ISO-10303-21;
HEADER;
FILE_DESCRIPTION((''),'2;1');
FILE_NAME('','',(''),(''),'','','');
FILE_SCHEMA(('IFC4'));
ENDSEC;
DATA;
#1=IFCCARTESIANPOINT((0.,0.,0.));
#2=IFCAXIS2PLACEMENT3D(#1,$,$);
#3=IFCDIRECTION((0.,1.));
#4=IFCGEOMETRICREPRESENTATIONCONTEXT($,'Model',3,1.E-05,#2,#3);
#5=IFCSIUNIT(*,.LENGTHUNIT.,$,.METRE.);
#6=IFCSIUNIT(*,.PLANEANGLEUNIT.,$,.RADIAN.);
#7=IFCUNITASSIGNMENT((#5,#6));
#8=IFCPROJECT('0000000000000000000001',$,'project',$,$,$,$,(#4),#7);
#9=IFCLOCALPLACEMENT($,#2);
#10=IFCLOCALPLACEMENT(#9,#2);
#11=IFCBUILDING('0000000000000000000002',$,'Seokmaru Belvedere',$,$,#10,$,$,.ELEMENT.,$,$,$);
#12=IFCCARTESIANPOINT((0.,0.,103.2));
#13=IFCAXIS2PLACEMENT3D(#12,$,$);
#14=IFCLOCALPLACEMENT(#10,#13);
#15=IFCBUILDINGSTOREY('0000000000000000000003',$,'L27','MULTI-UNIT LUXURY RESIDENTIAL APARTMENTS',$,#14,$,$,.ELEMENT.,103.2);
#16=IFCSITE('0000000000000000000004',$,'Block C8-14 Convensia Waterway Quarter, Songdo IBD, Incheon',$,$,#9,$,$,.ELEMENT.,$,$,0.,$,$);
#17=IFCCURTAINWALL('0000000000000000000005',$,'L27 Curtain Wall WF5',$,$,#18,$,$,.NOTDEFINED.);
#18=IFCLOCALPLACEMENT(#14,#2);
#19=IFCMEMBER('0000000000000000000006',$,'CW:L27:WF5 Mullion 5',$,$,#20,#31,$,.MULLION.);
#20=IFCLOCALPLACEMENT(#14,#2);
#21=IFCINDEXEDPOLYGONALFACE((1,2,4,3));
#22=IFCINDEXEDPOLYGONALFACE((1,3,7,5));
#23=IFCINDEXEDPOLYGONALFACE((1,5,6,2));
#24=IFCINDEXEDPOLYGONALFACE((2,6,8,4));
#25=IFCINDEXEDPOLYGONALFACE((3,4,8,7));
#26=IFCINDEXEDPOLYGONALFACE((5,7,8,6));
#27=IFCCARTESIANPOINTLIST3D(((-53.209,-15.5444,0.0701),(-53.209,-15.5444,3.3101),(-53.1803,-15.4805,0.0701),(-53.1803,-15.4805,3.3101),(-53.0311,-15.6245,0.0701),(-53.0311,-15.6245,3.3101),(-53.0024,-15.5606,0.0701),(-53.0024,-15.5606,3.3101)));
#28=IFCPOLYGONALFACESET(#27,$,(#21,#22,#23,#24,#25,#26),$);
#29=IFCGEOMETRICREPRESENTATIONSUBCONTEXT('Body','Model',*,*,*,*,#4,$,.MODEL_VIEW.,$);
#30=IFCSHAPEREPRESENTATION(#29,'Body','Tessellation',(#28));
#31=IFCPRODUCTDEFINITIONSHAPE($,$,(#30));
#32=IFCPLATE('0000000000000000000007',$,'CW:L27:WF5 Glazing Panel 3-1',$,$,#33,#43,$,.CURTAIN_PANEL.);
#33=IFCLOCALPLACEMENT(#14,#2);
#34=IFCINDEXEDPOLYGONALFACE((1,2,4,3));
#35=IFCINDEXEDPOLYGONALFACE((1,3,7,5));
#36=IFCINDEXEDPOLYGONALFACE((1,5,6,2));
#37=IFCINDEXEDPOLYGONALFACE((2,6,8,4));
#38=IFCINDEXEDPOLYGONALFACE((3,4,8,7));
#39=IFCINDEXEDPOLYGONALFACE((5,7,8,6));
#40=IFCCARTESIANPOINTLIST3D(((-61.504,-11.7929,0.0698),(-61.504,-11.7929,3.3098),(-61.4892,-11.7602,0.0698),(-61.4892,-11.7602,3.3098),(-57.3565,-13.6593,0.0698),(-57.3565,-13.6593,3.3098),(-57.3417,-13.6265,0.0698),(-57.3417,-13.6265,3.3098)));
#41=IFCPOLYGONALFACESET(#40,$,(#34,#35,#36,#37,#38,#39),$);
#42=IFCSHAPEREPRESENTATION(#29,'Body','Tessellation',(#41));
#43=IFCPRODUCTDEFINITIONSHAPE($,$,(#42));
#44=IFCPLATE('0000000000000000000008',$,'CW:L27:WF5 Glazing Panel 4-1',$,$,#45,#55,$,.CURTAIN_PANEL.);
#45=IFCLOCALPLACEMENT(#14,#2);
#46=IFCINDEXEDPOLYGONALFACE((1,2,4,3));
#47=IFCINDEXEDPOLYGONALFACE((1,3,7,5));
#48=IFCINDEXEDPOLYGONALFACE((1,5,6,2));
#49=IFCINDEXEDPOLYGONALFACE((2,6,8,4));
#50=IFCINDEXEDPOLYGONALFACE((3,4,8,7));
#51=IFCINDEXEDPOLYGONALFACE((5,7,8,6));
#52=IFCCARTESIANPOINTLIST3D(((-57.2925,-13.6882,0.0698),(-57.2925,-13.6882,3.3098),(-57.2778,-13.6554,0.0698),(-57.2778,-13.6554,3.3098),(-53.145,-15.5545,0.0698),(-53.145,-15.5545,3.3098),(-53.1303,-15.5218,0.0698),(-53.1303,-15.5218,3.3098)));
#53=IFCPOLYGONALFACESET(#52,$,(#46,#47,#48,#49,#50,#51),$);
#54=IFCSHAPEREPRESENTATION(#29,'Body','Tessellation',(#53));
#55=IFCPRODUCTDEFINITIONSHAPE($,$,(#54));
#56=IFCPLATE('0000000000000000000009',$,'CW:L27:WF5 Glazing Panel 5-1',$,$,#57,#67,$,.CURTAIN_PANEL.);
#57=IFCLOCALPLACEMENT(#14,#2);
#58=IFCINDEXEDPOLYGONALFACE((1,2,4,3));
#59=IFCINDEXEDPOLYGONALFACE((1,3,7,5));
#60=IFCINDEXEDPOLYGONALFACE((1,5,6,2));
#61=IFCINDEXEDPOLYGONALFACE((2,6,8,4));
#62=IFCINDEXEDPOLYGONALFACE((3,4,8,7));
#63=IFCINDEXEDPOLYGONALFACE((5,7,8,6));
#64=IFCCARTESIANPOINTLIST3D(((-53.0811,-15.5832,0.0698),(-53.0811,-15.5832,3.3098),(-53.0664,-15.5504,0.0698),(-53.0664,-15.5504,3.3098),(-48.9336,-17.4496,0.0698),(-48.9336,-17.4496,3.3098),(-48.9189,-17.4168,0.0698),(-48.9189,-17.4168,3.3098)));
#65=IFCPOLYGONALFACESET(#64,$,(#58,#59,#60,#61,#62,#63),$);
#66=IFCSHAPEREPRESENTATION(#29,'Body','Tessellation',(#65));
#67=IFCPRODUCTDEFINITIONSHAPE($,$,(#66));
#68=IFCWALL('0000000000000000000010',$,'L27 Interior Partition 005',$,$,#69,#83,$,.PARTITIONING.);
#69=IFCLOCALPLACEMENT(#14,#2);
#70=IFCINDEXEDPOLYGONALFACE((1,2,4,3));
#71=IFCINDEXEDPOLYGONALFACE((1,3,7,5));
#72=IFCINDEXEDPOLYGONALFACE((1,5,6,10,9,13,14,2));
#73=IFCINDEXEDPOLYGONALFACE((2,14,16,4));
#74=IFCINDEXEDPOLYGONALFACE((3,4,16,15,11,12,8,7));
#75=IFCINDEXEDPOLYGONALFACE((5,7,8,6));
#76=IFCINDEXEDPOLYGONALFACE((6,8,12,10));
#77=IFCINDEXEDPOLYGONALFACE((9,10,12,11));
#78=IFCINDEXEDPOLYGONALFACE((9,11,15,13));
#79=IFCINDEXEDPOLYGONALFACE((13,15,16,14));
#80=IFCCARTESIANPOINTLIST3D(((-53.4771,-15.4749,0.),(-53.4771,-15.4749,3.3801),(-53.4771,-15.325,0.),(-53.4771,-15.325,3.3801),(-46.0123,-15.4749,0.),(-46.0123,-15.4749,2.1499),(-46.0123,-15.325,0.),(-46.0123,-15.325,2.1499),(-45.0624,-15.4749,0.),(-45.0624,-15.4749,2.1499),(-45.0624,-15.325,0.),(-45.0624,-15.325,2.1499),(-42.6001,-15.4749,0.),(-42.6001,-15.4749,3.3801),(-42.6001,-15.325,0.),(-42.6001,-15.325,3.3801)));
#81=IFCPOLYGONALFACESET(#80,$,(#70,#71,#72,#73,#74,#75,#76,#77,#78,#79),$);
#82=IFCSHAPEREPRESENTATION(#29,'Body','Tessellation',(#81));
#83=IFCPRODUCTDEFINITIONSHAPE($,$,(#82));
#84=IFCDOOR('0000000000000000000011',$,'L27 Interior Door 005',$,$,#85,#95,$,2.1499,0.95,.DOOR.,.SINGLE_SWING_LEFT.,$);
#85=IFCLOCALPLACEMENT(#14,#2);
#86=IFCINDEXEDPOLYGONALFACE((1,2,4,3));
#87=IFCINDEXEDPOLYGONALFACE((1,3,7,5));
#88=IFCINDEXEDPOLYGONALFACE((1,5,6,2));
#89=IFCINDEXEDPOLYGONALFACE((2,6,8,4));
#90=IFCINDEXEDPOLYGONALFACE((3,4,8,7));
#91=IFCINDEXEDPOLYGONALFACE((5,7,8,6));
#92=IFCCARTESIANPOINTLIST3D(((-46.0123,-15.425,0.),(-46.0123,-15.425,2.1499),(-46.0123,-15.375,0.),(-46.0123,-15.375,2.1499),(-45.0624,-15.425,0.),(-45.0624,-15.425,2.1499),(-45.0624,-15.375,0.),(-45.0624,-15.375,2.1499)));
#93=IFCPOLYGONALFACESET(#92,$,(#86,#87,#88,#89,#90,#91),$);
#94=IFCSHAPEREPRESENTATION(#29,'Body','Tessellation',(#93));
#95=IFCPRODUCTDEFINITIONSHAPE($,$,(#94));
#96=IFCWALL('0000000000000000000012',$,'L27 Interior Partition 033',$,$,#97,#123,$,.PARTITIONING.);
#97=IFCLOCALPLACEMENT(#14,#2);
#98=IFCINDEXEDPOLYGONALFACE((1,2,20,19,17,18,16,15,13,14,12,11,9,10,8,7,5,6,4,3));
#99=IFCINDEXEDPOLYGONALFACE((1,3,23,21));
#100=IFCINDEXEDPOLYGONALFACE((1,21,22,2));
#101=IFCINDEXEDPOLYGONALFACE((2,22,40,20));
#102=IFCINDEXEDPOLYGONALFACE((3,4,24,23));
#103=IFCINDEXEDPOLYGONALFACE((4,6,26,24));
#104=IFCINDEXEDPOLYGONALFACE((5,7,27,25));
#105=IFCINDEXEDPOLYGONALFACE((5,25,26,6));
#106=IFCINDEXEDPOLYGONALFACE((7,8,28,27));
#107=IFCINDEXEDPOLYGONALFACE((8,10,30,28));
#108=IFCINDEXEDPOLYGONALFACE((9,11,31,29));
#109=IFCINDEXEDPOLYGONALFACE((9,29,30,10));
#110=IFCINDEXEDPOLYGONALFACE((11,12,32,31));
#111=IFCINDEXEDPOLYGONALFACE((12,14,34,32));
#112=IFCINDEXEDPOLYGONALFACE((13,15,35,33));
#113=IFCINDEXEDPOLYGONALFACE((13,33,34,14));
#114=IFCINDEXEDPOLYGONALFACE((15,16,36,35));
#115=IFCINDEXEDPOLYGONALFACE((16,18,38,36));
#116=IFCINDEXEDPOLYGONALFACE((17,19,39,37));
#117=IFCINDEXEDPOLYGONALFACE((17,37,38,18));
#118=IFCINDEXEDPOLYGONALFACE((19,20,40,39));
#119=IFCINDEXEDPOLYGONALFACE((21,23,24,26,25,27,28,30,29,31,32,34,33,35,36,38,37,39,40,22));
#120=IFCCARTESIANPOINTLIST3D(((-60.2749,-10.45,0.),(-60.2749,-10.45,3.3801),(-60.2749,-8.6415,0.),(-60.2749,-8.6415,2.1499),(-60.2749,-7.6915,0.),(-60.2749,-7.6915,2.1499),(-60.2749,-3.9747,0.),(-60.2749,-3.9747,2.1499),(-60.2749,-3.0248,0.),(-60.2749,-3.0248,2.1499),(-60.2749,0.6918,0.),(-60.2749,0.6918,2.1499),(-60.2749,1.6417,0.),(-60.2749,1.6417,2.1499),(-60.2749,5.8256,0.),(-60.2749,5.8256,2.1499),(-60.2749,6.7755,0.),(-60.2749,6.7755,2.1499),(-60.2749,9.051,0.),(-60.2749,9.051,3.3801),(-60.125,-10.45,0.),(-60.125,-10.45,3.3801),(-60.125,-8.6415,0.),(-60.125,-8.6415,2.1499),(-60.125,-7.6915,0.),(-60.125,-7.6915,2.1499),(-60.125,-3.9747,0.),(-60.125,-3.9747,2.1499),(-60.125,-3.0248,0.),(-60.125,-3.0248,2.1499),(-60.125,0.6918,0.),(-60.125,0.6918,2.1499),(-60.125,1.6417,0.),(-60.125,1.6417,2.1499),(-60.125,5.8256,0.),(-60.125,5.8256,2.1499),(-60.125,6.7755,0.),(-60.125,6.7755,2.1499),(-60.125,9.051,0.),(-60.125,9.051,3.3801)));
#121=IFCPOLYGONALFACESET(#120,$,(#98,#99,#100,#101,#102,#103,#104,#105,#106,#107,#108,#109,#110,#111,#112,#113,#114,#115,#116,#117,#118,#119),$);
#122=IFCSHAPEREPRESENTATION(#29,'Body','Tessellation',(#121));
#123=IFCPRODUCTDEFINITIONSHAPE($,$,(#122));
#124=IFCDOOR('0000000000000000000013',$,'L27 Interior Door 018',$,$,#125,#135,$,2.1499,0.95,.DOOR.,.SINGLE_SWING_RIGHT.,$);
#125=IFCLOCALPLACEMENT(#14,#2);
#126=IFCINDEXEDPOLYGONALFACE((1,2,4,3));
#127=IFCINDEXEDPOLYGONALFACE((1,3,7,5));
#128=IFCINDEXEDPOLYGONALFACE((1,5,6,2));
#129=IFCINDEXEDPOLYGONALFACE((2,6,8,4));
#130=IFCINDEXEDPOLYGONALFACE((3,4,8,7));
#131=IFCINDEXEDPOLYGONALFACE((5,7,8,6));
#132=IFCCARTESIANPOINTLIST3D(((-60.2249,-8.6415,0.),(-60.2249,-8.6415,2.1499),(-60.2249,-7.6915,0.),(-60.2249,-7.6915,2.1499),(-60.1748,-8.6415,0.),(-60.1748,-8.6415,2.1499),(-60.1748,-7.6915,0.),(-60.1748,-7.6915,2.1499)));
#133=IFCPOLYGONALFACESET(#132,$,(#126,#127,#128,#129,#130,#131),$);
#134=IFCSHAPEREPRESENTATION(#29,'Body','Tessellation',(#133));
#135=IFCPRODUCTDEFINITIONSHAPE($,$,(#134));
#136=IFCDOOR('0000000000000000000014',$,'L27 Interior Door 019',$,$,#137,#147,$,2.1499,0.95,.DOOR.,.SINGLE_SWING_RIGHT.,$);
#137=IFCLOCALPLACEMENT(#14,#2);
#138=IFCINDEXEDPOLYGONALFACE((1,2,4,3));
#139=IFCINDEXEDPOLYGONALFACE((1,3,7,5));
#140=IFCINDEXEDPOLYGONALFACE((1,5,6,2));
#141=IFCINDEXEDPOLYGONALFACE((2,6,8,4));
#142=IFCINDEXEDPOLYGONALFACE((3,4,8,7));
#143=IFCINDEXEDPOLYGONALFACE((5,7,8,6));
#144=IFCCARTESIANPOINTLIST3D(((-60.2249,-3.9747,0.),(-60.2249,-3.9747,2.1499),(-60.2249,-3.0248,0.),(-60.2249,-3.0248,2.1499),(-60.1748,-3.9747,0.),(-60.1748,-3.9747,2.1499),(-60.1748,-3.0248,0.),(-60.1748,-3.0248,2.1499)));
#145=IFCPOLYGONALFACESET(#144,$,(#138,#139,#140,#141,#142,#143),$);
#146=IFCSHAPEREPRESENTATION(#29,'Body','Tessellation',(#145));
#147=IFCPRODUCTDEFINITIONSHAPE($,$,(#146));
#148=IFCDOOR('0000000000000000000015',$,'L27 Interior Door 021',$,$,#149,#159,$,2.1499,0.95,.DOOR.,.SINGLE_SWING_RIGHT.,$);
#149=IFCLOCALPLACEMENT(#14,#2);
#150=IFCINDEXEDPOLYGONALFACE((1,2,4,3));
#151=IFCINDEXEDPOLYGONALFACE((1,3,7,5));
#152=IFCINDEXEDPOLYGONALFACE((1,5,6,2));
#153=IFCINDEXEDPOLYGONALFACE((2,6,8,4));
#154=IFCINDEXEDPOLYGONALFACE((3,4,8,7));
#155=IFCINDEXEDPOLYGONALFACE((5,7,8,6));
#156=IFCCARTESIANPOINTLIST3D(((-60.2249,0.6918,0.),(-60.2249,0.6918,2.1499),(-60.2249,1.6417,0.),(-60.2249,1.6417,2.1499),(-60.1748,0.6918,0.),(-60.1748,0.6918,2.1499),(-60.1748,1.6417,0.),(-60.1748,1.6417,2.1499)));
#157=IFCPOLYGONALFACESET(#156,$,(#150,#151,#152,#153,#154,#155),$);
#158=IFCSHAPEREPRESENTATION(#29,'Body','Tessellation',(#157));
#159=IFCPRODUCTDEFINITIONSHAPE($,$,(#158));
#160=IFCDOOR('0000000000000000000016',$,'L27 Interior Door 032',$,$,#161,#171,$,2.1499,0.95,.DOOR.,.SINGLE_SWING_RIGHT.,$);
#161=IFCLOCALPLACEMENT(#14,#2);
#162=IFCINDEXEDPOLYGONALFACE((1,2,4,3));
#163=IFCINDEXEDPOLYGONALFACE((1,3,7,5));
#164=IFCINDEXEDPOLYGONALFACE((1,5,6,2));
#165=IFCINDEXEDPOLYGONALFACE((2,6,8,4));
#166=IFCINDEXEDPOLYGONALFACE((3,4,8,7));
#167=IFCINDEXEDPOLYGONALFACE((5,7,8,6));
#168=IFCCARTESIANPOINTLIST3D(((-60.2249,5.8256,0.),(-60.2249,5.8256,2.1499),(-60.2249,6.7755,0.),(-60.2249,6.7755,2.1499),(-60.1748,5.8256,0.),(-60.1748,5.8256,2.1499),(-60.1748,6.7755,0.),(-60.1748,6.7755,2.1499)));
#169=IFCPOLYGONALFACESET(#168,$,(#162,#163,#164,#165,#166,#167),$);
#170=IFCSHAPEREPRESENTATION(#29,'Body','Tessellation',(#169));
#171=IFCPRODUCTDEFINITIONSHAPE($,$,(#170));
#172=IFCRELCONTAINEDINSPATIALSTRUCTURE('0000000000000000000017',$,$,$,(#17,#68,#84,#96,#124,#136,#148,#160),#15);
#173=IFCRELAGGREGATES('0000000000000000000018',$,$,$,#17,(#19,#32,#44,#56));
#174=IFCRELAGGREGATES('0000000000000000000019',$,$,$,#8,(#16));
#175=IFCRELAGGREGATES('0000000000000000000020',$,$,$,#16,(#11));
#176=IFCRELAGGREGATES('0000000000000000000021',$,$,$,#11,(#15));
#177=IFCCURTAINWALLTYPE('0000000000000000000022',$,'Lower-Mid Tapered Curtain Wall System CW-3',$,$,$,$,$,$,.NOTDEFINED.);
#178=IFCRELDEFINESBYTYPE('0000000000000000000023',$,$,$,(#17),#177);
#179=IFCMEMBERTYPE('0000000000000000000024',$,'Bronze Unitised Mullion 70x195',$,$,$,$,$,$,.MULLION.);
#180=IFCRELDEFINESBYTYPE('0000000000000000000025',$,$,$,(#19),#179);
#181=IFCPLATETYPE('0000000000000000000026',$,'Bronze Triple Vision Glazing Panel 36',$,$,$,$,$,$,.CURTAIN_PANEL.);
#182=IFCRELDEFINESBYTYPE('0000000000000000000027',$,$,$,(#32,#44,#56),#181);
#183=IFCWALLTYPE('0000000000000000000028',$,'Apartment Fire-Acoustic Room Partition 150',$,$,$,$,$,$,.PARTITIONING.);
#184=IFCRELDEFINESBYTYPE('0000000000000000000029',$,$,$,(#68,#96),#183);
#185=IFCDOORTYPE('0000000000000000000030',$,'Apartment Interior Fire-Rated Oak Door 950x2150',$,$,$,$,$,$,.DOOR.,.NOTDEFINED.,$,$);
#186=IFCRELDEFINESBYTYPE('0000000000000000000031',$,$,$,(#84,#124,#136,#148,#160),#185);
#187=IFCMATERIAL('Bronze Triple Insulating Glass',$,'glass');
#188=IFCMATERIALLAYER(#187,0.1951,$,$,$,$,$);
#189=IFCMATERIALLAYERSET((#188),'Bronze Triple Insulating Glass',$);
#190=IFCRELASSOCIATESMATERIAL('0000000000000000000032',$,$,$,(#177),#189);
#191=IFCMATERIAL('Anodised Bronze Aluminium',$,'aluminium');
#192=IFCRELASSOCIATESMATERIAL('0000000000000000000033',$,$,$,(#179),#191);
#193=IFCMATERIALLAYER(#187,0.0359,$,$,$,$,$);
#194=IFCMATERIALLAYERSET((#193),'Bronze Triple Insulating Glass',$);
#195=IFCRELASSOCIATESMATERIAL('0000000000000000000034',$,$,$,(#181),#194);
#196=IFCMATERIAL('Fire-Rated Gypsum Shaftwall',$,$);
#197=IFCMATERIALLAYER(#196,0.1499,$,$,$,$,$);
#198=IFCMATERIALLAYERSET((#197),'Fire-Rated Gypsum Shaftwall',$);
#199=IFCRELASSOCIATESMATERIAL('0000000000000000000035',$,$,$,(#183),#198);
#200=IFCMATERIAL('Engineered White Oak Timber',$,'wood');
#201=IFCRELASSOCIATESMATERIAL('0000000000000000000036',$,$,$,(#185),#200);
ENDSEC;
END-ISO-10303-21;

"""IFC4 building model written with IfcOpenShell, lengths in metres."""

from ifc_helpers import new_model, si_unit, direction, frame, frame_2d, origin, origin_2d, place, context, subcontext, project, spatial, rectangle, extrude, source, transform, mapped, material, layer, layer_set, material_profile, profile_set, type_object, type_shapes, element, fill, aggregate, save


model = new_model("IFC4")

# Units and contexts
model_context = context("Model", 3, precision=1e-05, world=origin(), true_north=direction((0.0, 1.0)))
body_context = subcontext(model_context, "Body", "Model", "MODEL_VIEW")
ifc_project = project(units=[si_unit("LENGTHUNIT", "METRE"), si_unit("PLANEANGLEUNIT", "RADIAN")], contexts=[model_context])

# Site, building, storey
site_placement = place(None, origin())
site = spatial("IfcSite", under=ifc_project, at=site_placement, Name="Block C8-14 Convensia Waterway Quarter, Songdo IBD, Incheon", CompositionType="ELEMENT", RefElevation=0.0)
building_placement = place(site_placement, origin())
building = spatial("IfcBuilding", under=site, at=building_placement, Name="Seokmaru Belvedere", CompositionType="ELEMENT")
storey_placement = place(building_placement, frame((0.0, 0.0, 103.2)))
storey = spatial("IfcBuildingStorey", under=building, at=storey_placement, Name="L27", Description="MULTI-UNIT LUXURY RESIDENTIAL APARTMENTS", CompositionType="ELEMENT", Elevation=103.2)

# Curtain wall, member, plates
ifc_material_1 = material(Name="Bronze Triple Insulating Glass", Category="glass")
ifc_layer_1 = layer(ifc_material_1, 0.1951)
ifc_layer_set_1 = layer_set([ifc_layer_1], Name="Bronze Triple Insulating Glass")
curtain_wall_type = type_object("IfcCurtainWallType", Name="Lower-Mid Tapered Curtain Wall System CW-3", PredefinedType="NOTDEFINED", material=ifc_layer_set_1)
curtain_wall_placement = place(storey_placement, origin())
curtain_wall = element("IfcCurtainWall", 1, at=curtain_wall_placement, inside=storey, type_object=curtain_wall_type, Name="L27 Curtain Wall WF5", PredefinedType="NOTDEFINED")
ifc_material_2 = material(Name="Anodised Bronze Aluminium", Category="aluminium")
ifc_material_profile_1 = material_profile(ifc_material_2, rectangle(XDim=0.0701, YDim=0.1951, at=origin_2d()), Name="CW-M-70x195")
ifc_profile_set_1 = profile_set([ifc_material_profile_1], Name="Anodised Bronze Aluminium")
member_type = type_object("IfcMemberType", Name="Bronze Unitised Mullion 70x195", PredefinedType="MULLION", material=ifc_profile_set_1)
shared_shape_1 = source(origin(), body_context, "Body", "SweptSolid", [
    extrude(rectangle(XDim=0.0701, YDim=0.1951, at=origin_2d()), origin(), (0.0, 0.0, 1.0), 3.24),
])
type_shapes(member_type, [shared_shape_1])
member_1_placement = place(storey_placement, frame((-53.1057, -15.5525, 0.0701), z_axis=(0.0, 0.0, 1.0), x_axis=(0.410366, 0.911921, 0.0)))
member_1 = element("IfcMember", 2, at=member_1_placement, type_object=member_type, Name="CW:L27:WF5 Mullion 5", PredefinedType="MULLION", context=body_context, shape_type="MappedRepresentation", body=[
    mapped(shared_shape_1, transform((0.0, 0.0, 0.0), scale=1.0)),
])
ifc_layer_2 = layer(ifc_material_1, 0.0359)
ifc_layer_set_2 = layer_set([ifc_layer_2], Name="Bronze Triple Insulating Glass")
plate_type = type_object("IfcPlateType", Name="Bronze Triple Vision Glazing Panel 36", PredefinedType="CURTAIN_PANEL", material=ifc_layer_set_2)
shared_shape_2 = source(origin(), body_context, "Body", "SweptSolid", [
    extrude(rectangle(XDim=4.5481, YDim=0.0359, at=origin_2d()), origin(), (0.0, 0.0, 1.0), 3.24),
])
type_shapes(plate_type, [shared_shape_2])
plate_1_placement = place(storey_placement, frame((-59.4229, -12.7097, 0.0698), z_axis=(0.0, 0.0, 1.0), x_axis=(0.911921, -0.410366, 0.0)))
plate_1 = element("IfcPlate", 3, at=plate_1_placement, type_object=plate_type, Name="CW:L27:WF5 Glazing Panel 3-1", PredefinedType="CURTAIN_PANEL", context=body_context, shape_type="MappedRepresentation", body=[
    mapped(shared_shape_2, transform((0.0, 0.0, 0.0), scale=1.0)),
])
plate_2_placement = place(storey_placement, frame((-55.2114, -14.605, 0.0698), z_axis=(0.0, 0.0, 1.0), x_axis=(0.911921, -0.410366, 0.0)))
plate_2 = element("IfcPlate", 4, at=plate_2_placement, type_object=plate_type, Name="CW:L27:WF5 Glazing Panel 4-1", PredefinedType="CURTAIN_PANEL", context=body_context, shape_type="MappedRepresentation", body=[
    mapped(shared_shape_2, transform((0.0, 0.0, 0.0), scale=1.0)),
])
plate_3_placement = place(storey_placement, frame((-51.0, -16.5, 0.0698), z_axis=(0.0, 0.0, 1.0), x_axis=(0.911921, -0.410366, 0.0)))
plate_3 = element("IfcPlate", 5, at=plate_3_placement, type_object=plate_type, Name="CW:L27:WF5 Glazing Panel 5-1", PredefinedType="CURTAIN_PANEL", context=body_context, shape_type="MappedRepresentation", body=[
    mapped(shared_shape_2, transform((0.0, 0.0, 0.0), scale=1.0)),
])
aggregate(curtain_wall, [member_1, plate_1, plate_2, plate_3])

# Wall, opening, door
ifc_material_3 = material(Name="Fire-Rated Gypsum Shaftwall")
ifc_layer_3 = layer(ifc_material_3, 0.1499)
ifc_layer_set_3 = layer_set([ifc_layer_3], Name="Fire-Rated Gypsum Shaftwall")
wall_type = type_object("IfcWallType", Name="Apartment Fire-Acoustic Room Partition 150", PredefinedType="PARTITIONING", material=ifc_layer_set_3)
wall_1_placement = place(storey_placement, frame((-53.4771, -15.3999, 0.0), z_axis=(0.0, 0.0, 1.0), x_axis=(1.0, 0.0, 0.0)))
wall_1 = element("IfcWall", 6, at=wall_1_placement, inside=storey, type_object=wall_type, Name="L27 Interior Partition 005", PredefinedType="PARTITIONING", context=body_context, shape_type="SweptSolid", body=[
    extrude(rectangle(XDim=10.877, YDim=0.1499, at=frame_2d((5.4385, 0.0))), origin(), (0.0, 0.0, 1.0), 3.3801),
])
opening_1_placement = place(wall_1_placement, frame((7.4646, 0.0, 0.0)))
opening_1 = element("IfcOpeningElement", 7, at=opening_1_placement, cuts=wall_1, PredefinedType="OPENING", context=body_context, shape_type="SweptSolid", body=[
    extrude(rectangle(XDim=0.95, YDim=2.1499, at=frame_2d((0.4751, 1.075))), frame((0.0, 0.085, 0.0), z_axis=(0.0, -1.0, 0.0), x_axis=(1.0, 0.0, 0.0)), (0.0, 0.0, 1.0), 0.1699),
])
ifc_material_4 = material(Name="Engineered White Oak Timber", Category="wood")
door_type = type_object("IfcDoorType", Name="Apartment Interior Fire-Rated Oak Door 950x2150", OperationType="NOTDEFINED", PredefinedType="DOOR", material=ifc_material_4)
shared_shape_3 = source(origin(), body_context, "Body", "SweptSolid", [
    extrude(rectangle(XDim=0.95, YDim=2.1499, at=frame_2d((0.4751, 1.075))), frame((0.0, 0.0249, 0.0), z_axis=(0.0, -1.0, 0.0), x_axis=(1.0, 0.0, 0.0)), (0.0, 0.0, 1.0), 0.05),
])
type_shapes(door_type, [shared_shape_3])
door_1_placement = place(opening_1_placement, origin())
door_1 = element("IfcDoor", 8, at=door_1_placement, inside=storey, type_object=door_type, Name="L27 Interior Door 005", OperationType="SINGLE_SWING_LEFT", OverallHeight=2.1499, OverallWidth=0.95, PredefinedType="DOOR", context=body_context, shape_type="MappedRepresentation", body=[
    mapped(shared_shape_3, transform((0.0, 0.0, 0.0), scale=1.0)),
])
fill(opening_1, door_1)

# Wall, openings, doors
wall_2_placement = place(storey_placement, frame((-60.2, -10.45, 0.0), z_axis=(0.0, 0.0, 1.0), x_axis=(0.0, 1.0, 0.0)))
wall_2 = element("IfcWall", 9, at=wall_2_placement, inside=storey, type_object=wall_type, Name="L27 Interior Partition 033", PredefinedType="PARTITIONING", context=body_context, shape_type="SweptSolid", body=[
    extrude(rectangle(XDim=19.501, YDim=0.1499, at=frame_2d((9.7505, 0.0))), origin(), (0.0, 0.0, 1.0), 3.3801),
])
opening_2_placement = place(wall_2_placement, frame((1.8083, 0.0, 0.0)))
opening_2 = element("IfcOpeningElement", 10, at=opening_2_placement, cuts=wall_2, PredefinedType="OPENING", context=body_context, shape_type="SweptSolid", body=[
    extrude(rectangle(XDim=0.95, YDim=2.1499, at=frame_2d((0.4751, 1.075))), frame((0.0, 0.085, 0.0), z_axis=(0.0, -1.0, 0.0), x_axis=(1.0, 0.0, 0.0)), (0.0, 0.0, 1.0), 0.1699),
])
opening_3_placement = place(wall_2_placement, frame((6.4751, 0.0, 0.0)))
opening_3 = element("IfcOpeningElement", 11, at=opening_3_placement, cuts=wall_2, PredefinedType="OPENING", context=body_context, shape_type="SweptSolid", body=[
    extrude(rectangle(XDim=0.95, YDim=2.1499, at=frame_2d((0.4751, 1.075))), frame((0.0, 0.085, 0.0), z_axis=(0.0, -1.0, 0.0), x_axis=(1.0, 0.0, 0.0)), (0.0, 0.0, 1.0), 0.1699),
])
opening_4_placement = place(wall_2_placement, frame((11.1416, 0.0, 0.0)))
opening_4 = element("IfcOpeningElement", 12, at=opening_4_placement, cuts=wall_2, PredefinedType="OPENING", context=body_context, shape_type="SweptSolid", body=[
    extrude(rectangle(XDim=0.95, YDim=2.1499, at=frame_2d((0.4751, 1.075))), frame((0.0, 0.085, 0.0), z_axis=(0.0, -1.0, 0.0), x_axis=(1.0, 0.0, 0.0)), (0.0, 0.0, 1.0), 0.1699),
])
opening_5_placement = place(wall_2_placement, frame((16.2754, 0.0, 0.0)))
opening_5 = element("IfcOpeningElement", 13, at=opening_5_placement, cuts=wall_2, PredefinedType="OPENING", context=body_context, shape_type="SweptSolid", body=[
    extrude(rectangle(XDim=0.95, YDim=2.1499, at=frame_2d((0.4751, 1.075))), frame((0.0, 0.085, 0.0), z_axis=(0.0, -1.0, 0.0), x_axis=(1.0, 0.0, 0.0)), (0.0, 0.0, 1.0), 0.1699),
])
door_2_placement = place(opening_2_placement, origin())
door_2 = element("IfcDoor", 14, at=door_2_placement, inside=storey, type_object=door_type, Name="L27 Interior Door 018", OperationType="SINGLE_SWING_RIGHT", OverallHeight=2.1499, OverallWidth=0.95, PredefinedType="DOOR", context=body_context, shape_type="MappedRepresentation", body=[
    mapped(shared_shape_3, transform((0.0, 0.0, 0.0), scale=1.0)),
])
fill(opening_2, door_2)
door_3_placement = place(opening_3_placement, origin())
door_3 = element("IfcDoor", 15, at=door_3_placement, inside=storey, type_object=door_type, Name="L27 Interior Door 019", OperationType="SINGLE_SWING_RIGHT", OverallHeight=2.1499, OverallWidth=0.95, PredefinedType="DOOR", context=body_context, shape_type="MappedRepresentation", body=[
    mapped(shared_shape_3, transform((0.0, 0.0, 0.0), scale=1.0)),
])
fill(opening_3, door_3)
door_4_placement = place(opening_4_placement, origin())
door_4 = element("IfcDoor", 16, at=door_4_placement, inside=storey, type_object=door_type, Name="L27 Interior Door 021", OperationType="SINGLE_SWING_RIGHT", OverallHeight=2.1499, OverallWidth=0.95, PredefinedType="DOOR", context=body_context, shape_type="MappedRepresentation", body=[
    mapped(shared_shape_3, transform((0.0, 0.0, 0.0), scale=1.0)),
])
fill(opening_4, door_4)
door_5_placement = place(opening_5_placement, origin())
door_5 = element("IfcDoor", 17, at=door_5_placement, inside=storey, type_object=door_type, Name="L27 Interior Door 032", OperationType="SINGLE_SWING_RIGHT", OverallHeight=2.1499, OverallWidth=0.95, PredefinedType="DOOR", context=body_context, shape_type="MappedRepresentation", body=[
    mapped(shared_shape_3, transform((0.0, 0.0, 0.0), scale=1.0)),
])
fill(opening_5, door_5)

save(model, "model.ifc")
